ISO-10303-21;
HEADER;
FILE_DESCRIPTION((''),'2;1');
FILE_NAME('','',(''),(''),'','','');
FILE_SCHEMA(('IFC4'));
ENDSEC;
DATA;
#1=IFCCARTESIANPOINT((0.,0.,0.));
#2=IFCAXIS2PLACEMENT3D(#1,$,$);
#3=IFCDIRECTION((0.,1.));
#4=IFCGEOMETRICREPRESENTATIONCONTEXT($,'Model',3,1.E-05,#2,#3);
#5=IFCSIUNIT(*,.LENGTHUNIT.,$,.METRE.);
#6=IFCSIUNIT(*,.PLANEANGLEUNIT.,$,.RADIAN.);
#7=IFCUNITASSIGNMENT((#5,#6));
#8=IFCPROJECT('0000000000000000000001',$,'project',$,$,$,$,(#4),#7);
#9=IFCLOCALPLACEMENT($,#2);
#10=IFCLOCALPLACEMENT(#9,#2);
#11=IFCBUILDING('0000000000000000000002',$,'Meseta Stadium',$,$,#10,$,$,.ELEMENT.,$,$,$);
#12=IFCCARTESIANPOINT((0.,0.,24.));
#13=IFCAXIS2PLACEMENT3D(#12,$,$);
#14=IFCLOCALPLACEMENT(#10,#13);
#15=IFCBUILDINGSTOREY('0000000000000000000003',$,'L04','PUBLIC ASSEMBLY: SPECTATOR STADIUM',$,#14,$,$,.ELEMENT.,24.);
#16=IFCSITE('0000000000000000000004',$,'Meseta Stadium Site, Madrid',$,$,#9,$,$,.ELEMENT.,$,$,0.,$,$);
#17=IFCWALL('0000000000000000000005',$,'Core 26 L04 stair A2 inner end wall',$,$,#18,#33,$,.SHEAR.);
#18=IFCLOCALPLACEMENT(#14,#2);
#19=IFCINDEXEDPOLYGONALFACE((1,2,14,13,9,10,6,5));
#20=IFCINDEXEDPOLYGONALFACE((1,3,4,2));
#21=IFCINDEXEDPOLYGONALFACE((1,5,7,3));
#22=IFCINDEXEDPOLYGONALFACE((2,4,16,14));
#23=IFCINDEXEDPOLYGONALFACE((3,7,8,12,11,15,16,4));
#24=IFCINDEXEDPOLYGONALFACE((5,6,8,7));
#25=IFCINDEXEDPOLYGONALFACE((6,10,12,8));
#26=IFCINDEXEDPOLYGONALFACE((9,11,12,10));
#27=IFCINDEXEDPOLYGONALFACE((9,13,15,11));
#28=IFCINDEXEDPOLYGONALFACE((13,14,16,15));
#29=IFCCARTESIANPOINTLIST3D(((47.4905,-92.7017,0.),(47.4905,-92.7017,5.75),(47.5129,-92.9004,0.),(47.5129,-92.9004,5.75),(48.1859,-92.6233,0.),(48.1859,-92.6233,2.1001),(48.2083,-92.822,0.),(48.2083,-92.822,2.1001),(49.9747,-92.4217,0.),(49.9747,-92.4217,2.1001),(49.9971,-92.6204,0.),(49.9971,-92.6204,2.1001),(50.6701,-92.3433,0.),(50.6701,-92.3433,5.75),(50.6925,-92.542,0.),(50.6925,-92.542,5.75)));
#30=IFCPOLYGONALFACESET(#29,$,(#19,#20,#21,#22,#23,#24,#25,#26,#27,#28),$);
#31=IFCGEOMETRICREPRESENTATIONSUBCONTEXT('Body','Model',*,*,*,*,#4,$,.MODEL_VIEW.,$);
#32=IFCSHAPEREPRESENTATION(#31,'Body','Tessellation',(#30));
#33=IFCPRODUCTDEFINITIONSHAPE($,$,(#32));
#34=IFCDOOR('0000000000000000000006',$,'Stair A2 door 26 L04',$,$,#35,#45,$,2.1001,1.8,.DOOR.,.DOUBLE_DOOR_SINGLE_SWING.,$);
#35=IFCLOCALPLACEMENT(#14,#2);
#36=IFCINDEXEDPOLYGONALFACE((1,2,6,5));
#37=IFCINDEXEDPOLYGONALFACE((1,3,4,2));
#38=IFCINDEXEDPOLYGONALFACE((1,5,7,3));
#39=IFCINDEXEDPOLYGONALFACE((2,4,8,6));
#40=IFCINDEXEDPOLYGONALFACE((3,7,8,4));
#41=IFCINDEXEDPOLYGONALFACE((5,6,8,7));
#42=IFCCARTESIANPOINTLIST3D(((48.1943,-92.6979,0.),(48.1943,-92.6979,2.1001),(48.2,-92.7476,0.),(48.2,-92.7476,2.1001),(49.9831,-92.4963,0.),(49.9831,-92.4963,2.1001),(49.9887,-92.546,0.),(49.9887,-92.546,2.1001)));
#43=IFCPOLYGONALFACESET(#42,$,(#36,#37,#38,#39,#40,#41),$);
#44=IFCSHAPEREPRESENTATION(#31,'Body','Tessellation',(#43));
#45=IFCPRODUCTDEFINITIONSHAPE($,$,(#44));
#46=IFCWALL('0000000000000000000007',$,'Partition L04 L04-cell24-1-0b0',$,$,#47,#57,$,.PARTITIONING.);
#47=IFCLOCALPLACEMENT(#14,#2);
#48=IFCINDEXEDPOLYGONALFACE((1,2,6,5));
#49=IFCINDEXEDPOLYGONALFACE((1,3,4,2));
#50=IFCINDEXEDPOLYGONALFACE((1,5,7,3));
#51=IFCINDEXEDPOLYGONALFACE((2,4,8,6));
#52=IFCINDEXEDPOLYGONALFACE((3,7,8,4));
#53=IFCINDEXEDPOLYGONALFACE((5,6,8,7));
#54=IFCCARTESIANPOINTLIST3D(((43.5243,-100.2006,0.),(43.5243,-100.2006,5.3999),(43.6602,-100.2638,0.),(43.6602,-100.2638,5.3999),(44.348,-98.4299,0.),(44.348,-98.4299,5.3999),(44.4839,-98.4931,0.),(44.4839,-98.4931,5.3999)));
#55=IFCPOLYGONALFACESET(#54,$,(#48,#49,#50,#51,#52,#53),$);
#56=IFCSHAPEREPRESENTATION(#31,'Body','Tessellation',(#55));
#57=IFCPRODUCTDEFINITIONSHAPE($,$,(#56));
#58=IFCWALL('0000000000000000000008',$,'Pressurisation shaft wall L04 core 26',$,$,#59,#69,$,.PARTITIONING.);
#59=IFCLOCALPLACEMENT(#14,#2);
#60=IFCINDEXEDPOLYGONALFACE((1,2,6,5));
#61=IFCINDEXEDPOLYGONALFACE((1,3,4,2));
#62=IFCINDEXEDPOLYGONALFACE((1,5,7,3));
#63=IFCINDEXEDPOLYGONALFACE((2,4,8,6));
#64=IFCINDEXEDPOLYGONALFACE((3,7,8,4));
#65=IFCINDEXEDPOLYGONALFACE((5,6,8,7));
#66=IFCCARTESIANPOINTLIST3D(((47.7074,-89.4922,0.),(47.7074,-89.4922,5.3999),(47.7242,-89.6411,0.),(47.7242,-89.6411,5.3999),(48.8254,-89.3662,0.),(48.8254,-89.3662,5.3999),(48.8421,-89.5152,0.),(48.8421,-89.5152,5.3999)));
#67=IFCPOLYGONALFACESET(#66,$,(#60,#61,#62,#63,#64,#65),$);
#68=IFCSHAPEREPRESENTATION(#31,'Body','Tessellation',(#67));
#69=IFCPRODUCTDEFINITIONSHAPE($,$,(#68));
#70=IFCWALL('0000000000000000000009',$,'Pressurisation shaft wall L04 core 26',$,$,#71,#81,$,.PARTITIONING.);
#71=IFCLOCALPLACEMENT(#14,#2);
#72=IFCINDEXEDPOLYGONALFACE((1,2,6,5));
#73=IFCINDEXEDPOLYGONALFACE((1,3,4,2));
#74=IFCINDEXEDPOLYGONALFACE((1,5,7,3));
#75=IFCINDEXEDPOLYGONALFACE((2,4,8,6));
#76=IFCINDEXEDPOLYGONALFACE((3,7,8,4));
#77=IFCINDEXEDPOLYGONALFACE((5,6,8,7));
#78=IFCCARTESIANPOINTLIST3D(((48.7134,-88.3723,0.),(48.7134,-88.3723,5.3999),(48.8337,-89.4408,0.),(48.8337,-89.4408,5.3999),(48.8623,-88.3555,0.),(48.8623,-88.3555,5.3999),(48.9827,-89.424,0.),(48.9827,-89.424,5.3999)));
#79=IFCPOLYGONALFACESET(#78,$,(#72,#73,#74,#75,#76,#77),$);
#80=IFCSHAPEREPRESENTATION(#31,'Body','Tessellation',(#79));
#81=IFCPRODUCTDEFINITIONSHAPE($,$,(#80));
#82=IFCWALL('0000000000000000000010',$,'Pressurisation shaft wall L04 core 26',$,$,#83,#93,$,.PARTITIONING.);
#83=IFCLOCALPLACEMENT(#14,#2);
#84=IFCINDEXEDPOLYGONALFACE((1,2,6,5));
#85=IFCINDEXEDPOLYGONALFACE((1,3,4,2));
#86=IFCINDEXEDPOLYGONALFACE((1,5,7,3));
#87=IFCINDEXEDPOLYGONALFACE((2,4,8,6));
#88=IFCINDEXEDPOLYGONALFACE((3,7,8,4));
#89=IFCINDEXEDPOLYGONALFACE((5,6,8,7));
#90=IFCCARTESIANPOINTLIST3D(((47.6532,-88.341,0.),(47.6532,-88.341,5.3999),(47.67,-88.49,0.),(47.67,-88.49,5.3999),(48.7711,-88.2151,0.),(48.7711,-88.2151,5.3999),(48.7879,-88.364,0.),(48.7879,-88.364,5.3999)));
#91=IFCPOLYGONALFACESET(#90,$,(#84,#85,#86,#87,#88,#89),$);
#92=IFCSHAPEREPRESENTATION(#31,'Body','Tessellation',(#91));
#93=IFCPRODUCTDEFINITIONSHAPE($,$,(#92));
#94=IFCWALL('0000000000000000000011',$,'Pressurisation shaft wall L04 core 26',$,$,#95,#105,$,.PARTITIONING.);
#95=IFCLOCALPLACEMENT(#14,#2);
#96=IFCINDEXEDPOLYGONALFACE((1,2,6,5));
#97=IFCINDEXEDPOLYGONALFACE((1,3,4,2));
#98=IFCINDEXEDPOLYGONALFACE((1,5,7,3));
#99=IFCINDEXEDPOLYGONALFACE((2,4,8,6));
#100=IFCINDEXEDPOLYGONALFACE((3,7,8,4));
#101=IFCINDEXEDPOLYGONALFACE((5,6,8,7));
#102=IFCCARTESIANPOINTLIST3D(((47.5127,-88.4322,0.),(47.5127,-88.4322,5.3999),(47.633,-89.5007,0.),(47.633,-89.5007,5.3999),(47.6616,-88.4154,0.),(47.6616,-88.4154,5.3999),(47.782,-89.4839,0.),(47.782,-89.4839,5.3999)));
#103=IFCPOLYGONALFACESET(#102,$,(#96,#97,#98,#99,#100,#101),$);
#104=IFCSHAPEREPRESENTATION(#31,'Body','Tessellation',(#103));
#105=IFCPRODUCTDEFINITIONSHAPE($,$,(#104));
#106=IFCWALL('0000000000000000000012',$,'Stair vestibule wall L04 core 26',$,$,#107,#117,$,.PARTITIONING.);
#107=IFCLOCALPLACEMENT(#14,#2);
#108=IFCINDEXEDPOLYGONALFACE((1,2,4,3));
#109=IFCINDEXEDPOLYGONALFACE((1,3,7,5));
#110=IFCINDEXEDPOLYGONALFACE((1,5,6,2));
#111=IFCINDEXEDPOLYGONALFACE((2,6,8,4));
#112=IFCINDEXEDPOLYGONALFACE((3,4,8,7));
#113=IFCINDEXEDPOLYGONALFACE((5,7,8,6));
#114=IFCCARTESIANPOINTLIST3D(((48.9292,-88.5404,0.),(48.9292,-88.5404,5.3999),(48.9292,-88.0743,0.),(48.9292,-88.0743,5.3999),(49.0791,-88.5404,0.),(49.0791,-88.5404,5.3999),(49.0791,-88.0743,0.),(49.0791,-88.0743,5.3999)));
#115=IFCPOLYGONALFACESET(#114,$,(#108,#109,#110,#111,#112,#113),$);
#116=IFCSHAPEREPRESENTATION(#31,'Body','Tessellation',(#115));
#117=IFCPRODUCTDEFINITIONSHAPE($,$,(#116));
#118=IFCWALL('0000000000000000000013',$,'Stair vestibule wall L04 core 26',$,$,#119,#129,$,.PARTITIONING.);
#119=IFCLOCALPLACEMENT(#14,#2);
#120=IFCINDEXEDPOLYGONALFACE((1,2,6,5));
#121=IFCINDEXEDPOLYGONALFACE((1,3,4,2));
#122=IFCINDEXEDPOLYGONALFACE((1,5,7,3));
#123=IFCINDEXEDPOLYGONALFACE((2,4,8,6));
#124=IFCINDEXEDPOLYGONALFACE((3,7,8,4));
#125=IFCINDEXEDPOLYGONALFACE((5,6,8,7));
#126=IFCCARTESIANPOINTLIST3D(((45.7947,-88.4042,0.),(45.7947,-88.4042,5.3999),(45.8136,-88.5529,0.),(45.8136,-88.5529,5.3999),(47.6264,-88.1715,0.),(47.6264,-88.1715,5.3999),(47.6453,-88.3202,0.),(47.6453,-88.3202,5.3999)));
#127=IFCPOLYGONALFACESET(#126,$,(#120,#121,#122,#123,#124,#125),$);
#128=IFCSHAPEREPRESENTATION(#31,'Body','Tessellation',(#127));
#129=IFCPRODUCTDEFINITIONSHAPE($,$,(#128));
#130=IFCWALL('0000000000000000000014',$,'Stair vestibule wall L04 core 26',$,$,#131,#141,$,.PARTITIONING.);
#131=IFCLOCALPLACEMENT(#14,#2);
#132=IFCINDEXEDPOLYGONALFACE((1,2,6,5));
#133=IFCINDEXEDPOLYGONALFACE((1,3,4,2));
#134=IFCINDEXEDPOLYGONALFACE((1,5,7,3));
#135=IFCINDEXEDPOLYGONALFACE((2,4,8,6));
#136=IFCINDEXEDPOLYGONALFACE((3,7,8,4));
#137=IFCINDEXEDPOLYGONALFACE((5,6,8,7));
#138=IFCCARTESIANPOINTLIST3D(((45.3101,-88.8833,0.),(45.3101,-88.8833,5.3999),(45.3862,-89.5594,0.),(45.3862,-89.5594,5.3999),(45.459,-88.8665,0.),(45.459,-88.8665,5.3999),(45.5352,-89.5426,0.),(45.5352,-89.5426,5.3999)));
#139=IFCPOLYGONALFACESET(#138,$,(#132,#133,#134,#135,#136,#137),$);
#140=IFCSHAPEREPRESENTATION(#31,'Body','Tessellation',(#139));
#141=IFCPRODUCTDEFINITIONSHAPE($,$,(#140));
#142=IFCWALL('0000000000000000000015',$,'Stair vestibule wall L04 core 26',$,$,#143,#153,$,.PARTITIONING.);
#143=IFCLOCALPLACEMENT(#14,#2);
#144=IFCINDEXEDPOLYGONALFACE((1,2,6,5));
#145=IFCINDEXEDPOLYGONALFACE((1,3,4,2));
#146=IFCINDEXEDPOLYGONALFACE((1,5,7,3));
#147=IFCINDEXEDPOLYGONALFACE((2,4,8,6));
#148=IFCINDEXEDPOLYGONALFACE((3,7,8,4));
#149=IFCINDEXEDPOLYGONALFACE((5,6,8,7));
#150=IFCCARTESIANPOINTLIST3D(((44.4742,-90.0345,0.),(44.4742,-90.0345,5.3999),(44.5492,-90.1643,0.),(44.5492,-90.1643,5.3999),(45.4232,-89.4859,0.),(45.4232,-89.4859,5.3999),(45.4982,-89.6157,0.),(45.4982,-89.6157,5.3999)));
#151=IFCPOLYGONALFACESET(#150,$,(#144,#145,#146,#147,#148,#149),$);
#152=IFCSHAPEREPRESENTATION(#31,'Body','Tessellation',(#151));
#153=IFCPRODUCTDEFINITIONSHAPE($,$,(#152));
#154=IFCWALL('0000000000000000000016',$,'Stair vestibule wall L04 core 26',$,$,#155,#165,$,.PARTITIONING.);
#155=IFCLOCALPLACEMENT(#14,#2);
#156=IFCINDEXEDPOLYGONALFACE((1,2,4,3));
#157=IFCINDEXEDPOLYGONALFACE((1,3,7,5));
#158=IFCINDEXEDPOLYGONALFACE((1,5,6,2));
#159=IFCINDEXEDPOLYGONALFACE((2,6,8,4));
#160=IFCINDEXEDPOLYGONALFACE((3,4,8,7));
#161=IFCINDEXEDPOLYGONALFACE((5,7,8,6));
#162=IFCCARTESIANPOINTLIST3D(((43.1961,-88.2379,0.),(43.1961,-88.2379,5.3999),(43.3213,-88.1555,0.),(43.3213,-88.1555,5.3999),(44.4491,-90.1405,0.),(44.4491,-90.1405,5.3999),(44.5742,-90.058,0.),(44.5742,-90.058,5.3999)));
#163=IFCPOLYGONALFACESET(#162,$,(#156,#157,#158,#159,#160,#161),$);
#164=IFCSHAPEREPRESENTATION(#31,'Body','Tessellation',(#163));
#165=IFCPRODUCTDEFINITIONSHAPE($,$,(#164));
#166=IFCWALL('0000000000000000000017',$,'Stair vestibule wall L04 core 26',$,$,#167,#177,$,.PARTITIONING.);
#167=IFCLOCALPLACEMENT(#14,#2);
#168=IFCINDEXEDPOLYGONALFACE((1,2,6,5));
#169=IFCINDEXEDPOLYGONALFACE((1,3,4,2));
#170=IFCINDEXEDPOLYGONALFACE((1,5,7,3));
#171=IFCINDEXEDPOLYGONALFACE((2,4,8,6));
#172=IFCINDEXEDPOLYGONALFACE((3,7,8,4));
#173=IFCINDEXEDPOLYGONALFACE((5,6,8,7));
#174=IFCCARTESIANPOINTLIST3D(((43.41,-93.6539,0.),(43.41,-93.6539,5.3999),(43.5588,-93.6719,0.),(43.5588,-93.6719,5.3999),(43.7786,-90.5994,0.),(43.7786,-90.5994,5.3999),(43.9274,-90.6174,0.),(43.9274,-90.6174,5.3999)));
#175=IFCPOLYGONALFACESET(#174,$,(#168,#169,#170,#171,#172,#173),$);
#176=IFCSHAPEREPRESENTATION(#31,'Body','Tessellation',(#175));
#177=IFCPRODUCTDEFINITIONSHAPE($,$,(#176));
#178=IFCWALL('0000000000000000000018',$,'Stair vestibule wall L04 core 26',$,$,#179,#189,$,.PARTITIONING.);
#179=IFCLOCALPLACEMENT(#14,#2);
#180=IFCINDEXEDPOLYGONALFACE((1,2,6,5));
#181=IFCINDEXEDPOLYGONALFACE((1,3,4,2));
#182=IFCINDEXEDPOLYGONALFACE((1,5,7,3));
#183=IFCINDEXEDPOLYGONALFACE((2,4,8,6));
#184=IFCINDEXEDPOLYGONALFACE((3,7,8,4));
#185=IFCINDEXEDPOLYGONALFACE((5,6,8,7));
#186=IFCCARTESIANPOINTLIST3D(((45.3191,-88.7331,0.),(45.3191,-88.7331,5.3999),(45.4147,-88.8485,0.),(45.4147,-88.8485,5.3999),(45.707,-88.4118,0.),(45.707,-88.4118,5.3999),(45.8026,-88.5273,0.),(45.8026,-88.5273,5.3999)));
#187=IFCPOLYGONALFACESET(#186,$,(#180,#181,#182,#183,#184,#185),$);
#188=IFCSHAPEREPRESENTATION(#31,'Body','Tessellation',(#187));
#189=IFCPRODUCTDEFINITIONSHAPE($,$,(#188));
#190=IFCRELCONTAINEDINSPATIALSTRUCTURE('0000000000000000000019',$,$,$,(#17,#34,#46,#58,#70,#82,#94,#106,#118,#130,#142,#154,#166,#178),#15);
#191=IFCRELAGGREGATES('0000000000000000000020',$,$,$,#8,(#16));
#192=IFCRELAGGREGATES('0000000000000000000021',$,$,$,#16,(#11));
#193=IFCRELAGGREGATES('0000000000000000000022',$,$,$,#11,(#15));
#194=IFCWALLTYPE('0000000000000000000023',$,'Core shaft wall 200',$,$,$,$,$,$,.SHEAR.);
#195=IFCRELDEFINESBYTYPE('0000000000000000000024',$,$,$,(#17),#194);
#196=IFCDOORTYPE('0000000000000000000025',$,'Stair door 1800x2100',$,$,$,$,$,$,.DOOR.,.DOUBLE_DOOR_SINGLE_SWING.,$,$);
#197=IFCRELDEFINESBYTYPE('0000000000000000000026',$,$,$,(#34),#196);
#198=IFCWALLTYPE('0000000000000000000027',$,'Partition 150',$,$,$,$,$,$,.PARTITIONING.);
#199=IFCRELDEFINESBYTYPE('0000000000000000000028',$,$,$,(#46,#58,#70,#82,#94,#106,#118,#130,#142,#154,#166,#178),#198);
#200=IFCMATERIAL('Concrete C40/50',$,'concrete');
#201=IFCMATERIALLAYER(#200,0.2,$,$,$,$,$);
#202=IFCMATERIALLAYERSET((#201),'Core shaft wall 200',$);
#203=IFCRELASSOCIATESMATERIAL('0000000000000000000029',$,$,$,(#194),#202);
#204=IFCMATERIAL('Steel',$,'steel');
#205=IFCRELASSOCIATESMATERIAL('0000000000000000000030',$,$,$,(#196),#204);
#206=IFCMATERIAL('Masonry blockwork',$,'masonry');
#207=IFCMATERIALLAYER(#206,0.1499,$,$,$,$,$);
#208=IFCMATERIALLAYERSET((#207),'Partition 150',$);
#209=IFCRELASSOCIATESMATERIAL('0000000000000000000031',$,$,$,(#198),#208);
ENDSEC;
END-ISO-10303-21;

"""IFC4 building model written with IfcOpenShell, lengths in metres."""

from ifc_helpers import new_model, si_unit, direction, frame, frame_2d, origin, place, context, subcontext, project, spatial, rectangle, extrude, material, layer, layer_set, type_object, element, fill, save


model = new_model("IFC4")

# Units and contexts
model_context = context("Model", 3, precision=1e-05, world=origin(), true_north=direction((0.0, 1.0)))
body_context = subcontext(model_context, "Body", "Model", "MODEL_VIEW")
ifc_project = project(units=[si_unit("LENGTHUNIT", "METRE"), si_unit("PLANEANGLEUNIT", "RADIAN")], contexts=[model_context])

# Site, building, storey
site_placement = place(None, origin())
site = spatial("IfcSite", under=ifc_project, at=site_placement, Name="Meseta Stadium Site, Madrid", CompositionType="ELEMENT", RefElevation=0.0)
building_placement = place(site_placement, origin())
building = spatial("IfcBuilding", under=site, at=building_placement, Name="Meseta Stadium", CompositionType="ELEMENT")
storey_placement = place(building_placement, frame((0.0, 0.0, 24.0)))
storey = spatial("IfcBuildingStorey", under=building, at=storey_placement, Name="L04", Description="PUBLIC ASSEMBLY: SPECTATOR STADIUM", CompositionType="ELEMENT", Elevation=24.0)

# Shared definitions
ifc_material_1 = material(Name="Concrete C40/50", Category="concrete")
ifc_layer_1 = layer(ifc_material_1, 0.2)
ifc_layer_set_1 = layer_set([ifc_layer_1], Name="Core shaft wall 200")
wall_type_1 = type_object("IfcWallType", Name="Core shaft wall 200", PredefinedType="SHEAR", material=ifc_layer_set_1)

# Wall, opening, door
ifc_material_2 = material(Name="Steel", Category="steel")
door_type = type_object("IfcDoorType", Name="Stair door 1800x2100", OperationType="DOUBLE_DOOR_SINGLE_SWING", PredefinedType="DOOR", material=ifc_material_2)
wall_1_placement = place(storey_placement, frame((47.5017, -92.801, 0.0), z_axis=(0.0, 0.0, 1.0), x_axis=(0.993708, 0.112006, 0.0)))
wall_1 = element("IfcWall", 1, at=wall_1_placement, inside=storey, type_object=wall_type_1, Name="Core 26 L04 stair A2 inner end wall", PredefinedType="SHEAR", context=body_context, shape_type="SweptSolid", body=[
    extrude(rectangle(XDim=3.1997, YDim=0.2, at=frame_2d((1.5999, 0.0))), origin(), (0.0, 0.0, 1.0), 5.75),
])
opening_1_placement = place(wall_1_placement, frame((0.7, 0.0, 0.0)))
opening_1 = element("IfcOpeningElement", 2, at=opening_1_placement, cuts=wall_1, PredefinedType="OPENING", context=body_context, shape_type="SweptSolid", body=[
    extrude(rectangle(XDim=1.8, YDim=2.1001, at=frame_2d((0.8999, 1.05))), frame((0.0, 0.1099, 0.0), z_axis=(0.0, -1.0, 0.0), x_axis=(1.0, 0.0, 0.0)), (0.0, 0.0, 1.0), 0.22),
])
door_1_placement = place(opening_1_placement, origin())
door_1 = element("IfcDoor", 3, at=door_1_placement, inside=storey, type_object=door_type, Name="Stair A2 door 26 L04", OperationType="DOUBLE_DOOR_SINGLE_SWING", OverallHeight=2.1001, OverallWidth=1.8, PredefinedType="DOOR", context=body_context, shape_type="SweptSolid", body=[
    extrude(rectangle(XDim=1.8, YDim=2.1001, at=frame_2d((0.8999, 1.05))), frame((0.0, 0.0249, 0.0), z_axis=(0.0, -1.0, 0.0), x_axis=(1.0, 0.0, 0.0)), (0.0, 0.0, 1.0), 0.05),
])
fill(opening_1, door_1)

# Walls
ifc_material_3 = material(Name="Masonry blockwork", Category="masonry")
ifc_layer_2 = layer(ifc_material_3, 0.1499)
ifc_layer_set_2 = layer_set([ifc_layer_2], Name="Partition 150")
wall_type_2 = type_object("IfcWallType", Name="Partition 150", PredefinedType="PARTITIONING", material=ifc_layer_set_2)
wall_2_placement = place(storey_placement, frame((44.416, -98.4614, 0.0), z_axis=(0.0, 0.0, 1.0), x_axis=(-0.421783, -0.906697, 0.0)))
element("IfcWall", 4, at=wall_2_placement, inside=storey, type_object=wall_type_2, Name="Partition L04 L04-cell24-1-0b0", PredefinedType="PARTITIONING", context=body_context, shape_type="SweptSolid", body=[
    extrude(rectangle(XDim=1.9529, YDim=0.1499, at=frame_2d((0.9766, 0.0))), origin(), (0.0, 0.0, 1.0), 5.3999),
])
wall_3_placement = place(storey_placement, frame((47.7158, -89.5667, 0.0), z_axis=(0.0, 0.0, 1.0), x_axis=(0.993711, 0.11198, 0.0)))
element("IfcWall", 5, at=wall_3_placement, inside=storey, type_object=wall_type_2, Name="Pressurisation shaft wall L04 core 26", PredefinedType="PARTITIONING", context=body_context, shape_type="SweptSolid", body=[
    extrude(rectangle(XDim=1.125, YDim=0.1499, at=frame_2d((0.5625, 0.0))), origin(), (0.0, 0.0, 1.0), 5.3999),
])
wall_4_placement = place(storey_placement, frame((48.9082, -89.4324, 0.0), z_axis=(0.0, 0.0, 1.0), x_axis=(-0.111952, 0.993714, 0.0)))
element("IfcWall", 6, at=wall_4_placement, inside=storey, type_object=wall_type_2, Name="Pressurisation shaft wall L04 core 26", PredefinedType="PARTITIONING", context=body_context, shape_type="SweptSolid", body=[
    extrude(rectangle(XDim=1.0752, YDim=0.1499, at=frame_2d((0.5376, 0.0))), origin(), (0.0, 0.0, 1.0), 5.3999),
])
wall_5_placement = place(storey_placement, frame((48.7795, -88.2896, 0.0), z_axis=(0.0, 0.0, 1.0), x_axis=(-0.993711, -0.11198, 0.0)))
element("IfcWall", 7, at=wall_5_placement, inside=storey, type_object=wall_type_2, Name="Pressurisation shaft wall L04 core 26", PredefinedType="PARTITIONING", context=body_context, shape_type="SweptSolid", body=[
    extrude(rectangle(XDim=1.125, YDim=0.1499, at=frame_2d((0.5625, 0.0))), origin(), (0.0, 0.0, 1.0), 5.3999),
])
wall_6_placement = place(storey_placement, frame((47.5872, -88.4238, 0.0), z_axis=(0.0, 0.0, 1.0), x_axis=(0.111952, -0.993714, 0.0)))
element("IfcWall", 8, at=wall_6_placement, inside=storey, type_object=wall_type_2, Name="Pressurisation shaft wall L04 core 26", PredefinedType="PARTITIONING", context=body_context, shape_type="SweptSolid", body=[
    extrude(rectangle(XDim=1.0752, YDim=0.1499, at=frame_2d((0.5376, 0.0))), origin(), (0.0, 0.0, 1.0), 5.3999),
])
wall_7_placement = place(storey_placement, frame((49.0042, -88.5403, 0.0), z_axis=(0.0, 0.0, 1.0), x_axis=(0.0, 1.0, 0.0)))
element("IfcWall", 9, at=wall_7_placement, inside=storey, type_object=wall_type_2, Name="Stair vestibule wall L04 core 26", PredefinedType="PARTITIONING", context=body_context, shape_type="SweptSolid", body=[
    extrude(rectangle(XDim=0.4661, YDim=0.1499, at=frame_2d((0.2329, 0.0))), origin(), (0.0, 0.0, 1.0), 5.3999),
])
wall_8_placement = place(storey_placement, frame((47.636, -88.2458, 0.0), z_axis=(0.0, 0.0, 1.0), x_axis=(-0.99203, -0.126004, 0.0)))
element("IfcWall", 10, at=wall_8_placement, inside=storey, type_object=wall_type_2, Name="Stair vestibule wall L04 core 26", PredefinedType="PARTITIONING", context=body_context, shape_type="SweptSolid", body=[
    extrude(rectangle(XDim=1.8464, YDim=0.1499, at=frame_2d((0.9233, 0.0))), origin(), (0.0, 0.0, 1.0), 5.3999),
])
wall_9_placement = place(storey_placement, frame((45.3845, -88.8748, 0.0), z_axis=(0.0, 0.0, 1.0), x_axis=(0.111968, -0.993712, 0.0)))
element("IfcWall", 11, at=wall_9_placement, inside=storey, type_object=wall_type_2, Name="Stair vestibule wall L04 core 26", PredefinedType="PARTITIONING", context=body_context, shape_type="SweptSolid", body=[
    extrude(rectangle(XDim=0.6804, YDim=0.1499, at=frame_2d((0.3403, 0.0))), origin(), (0.0, 0.0, 1.0), 5.3999),
])
wall_10_placement = place(storey_placement, frame((45.4607, -89.5508, 0.0), z_axis=(0.0, 0.0, 1.0), x_axis=(-0.865751, -0.500474, 0.0)))
element("IfcWall", 12, at=wall_10_placement, inside=storey, type_object=wall_type_2, Name="Stair vestibule wall L04 core 26", PredefinedType="PARTITIONING", context=body_context, shape_type="SweptSolid", body=[
    extrude(rectangle(XDim=1.0962, YDim=0.1499, at=frame_2d((0.5481, 0.0))), origin(), (0.0, 0.0, 1.0), 5.3999),
])
wall_11_placement = place(storey_placement, frame((44.5117, -90.0994, 0.0), z_axis=(0.0, 0.0, 1.0), x_axis=(-0.549992, 0.83517, 0.0)))
element("IfcWall", 13, at=wall_11_placement, inside=storey, type_object=wall_type_2, Name="Stair vestibule wall L04 core 26", PredefinedType="PARTITIONING", context=body_context, shape_type="SweptSolid", body=[
    extrude(rectangle(XDim=2.2781, YDim=0.1499, at=frame_2d((1.1392, 0.0))), origin(), (0.0, 0.0, 1.0), 5.3999),
])
wall_12_placement = place(storey_placement, frame((43.853, -90.6084, 0.0), z_axis=(0.0, 0.0, 1.0), x_axis=(-0.119824, -0.992795, 0.0)))
element("IfcWall", 14, at=wall_12_placement, inside=storey, type_object=wall_type_2, Name="Stair vestibule wall L04 core 26", PredefinedType="PARTITIONING", context=body_context, shape_type="SweptSolid", body=[
    extrude(rectangle(XDim=3.0767, YDim=0.1499, at=frame_2d((1.5383, 0.0))), origin(), (0.0, 0.0, 1.0), 5.3999),
])
wall_13_placement = place(storey_placement, frame((45.7549, -88.4695, 0.0), z_axis=(0.0, 0.0, 1.0), x_axis=(-0.770164, -0.637845, 0.0)))
element("IfcWall", 15, at=wall_13_placement, inside=storey, type_object=wall_type_2, Name="Stair vestibule wall L04 core 26", PredefinedType="PARTITIONING", context=body_context, shape_type="SweptSolid", body=[
    extrude(rectangle(XDim=0.5037, YDim=0.1499, at=frame_2d((0.252, 0.0))), origin(), (0.0, 0.0, 1.0), 5.3999),
])

save(model, "model.ifc")
